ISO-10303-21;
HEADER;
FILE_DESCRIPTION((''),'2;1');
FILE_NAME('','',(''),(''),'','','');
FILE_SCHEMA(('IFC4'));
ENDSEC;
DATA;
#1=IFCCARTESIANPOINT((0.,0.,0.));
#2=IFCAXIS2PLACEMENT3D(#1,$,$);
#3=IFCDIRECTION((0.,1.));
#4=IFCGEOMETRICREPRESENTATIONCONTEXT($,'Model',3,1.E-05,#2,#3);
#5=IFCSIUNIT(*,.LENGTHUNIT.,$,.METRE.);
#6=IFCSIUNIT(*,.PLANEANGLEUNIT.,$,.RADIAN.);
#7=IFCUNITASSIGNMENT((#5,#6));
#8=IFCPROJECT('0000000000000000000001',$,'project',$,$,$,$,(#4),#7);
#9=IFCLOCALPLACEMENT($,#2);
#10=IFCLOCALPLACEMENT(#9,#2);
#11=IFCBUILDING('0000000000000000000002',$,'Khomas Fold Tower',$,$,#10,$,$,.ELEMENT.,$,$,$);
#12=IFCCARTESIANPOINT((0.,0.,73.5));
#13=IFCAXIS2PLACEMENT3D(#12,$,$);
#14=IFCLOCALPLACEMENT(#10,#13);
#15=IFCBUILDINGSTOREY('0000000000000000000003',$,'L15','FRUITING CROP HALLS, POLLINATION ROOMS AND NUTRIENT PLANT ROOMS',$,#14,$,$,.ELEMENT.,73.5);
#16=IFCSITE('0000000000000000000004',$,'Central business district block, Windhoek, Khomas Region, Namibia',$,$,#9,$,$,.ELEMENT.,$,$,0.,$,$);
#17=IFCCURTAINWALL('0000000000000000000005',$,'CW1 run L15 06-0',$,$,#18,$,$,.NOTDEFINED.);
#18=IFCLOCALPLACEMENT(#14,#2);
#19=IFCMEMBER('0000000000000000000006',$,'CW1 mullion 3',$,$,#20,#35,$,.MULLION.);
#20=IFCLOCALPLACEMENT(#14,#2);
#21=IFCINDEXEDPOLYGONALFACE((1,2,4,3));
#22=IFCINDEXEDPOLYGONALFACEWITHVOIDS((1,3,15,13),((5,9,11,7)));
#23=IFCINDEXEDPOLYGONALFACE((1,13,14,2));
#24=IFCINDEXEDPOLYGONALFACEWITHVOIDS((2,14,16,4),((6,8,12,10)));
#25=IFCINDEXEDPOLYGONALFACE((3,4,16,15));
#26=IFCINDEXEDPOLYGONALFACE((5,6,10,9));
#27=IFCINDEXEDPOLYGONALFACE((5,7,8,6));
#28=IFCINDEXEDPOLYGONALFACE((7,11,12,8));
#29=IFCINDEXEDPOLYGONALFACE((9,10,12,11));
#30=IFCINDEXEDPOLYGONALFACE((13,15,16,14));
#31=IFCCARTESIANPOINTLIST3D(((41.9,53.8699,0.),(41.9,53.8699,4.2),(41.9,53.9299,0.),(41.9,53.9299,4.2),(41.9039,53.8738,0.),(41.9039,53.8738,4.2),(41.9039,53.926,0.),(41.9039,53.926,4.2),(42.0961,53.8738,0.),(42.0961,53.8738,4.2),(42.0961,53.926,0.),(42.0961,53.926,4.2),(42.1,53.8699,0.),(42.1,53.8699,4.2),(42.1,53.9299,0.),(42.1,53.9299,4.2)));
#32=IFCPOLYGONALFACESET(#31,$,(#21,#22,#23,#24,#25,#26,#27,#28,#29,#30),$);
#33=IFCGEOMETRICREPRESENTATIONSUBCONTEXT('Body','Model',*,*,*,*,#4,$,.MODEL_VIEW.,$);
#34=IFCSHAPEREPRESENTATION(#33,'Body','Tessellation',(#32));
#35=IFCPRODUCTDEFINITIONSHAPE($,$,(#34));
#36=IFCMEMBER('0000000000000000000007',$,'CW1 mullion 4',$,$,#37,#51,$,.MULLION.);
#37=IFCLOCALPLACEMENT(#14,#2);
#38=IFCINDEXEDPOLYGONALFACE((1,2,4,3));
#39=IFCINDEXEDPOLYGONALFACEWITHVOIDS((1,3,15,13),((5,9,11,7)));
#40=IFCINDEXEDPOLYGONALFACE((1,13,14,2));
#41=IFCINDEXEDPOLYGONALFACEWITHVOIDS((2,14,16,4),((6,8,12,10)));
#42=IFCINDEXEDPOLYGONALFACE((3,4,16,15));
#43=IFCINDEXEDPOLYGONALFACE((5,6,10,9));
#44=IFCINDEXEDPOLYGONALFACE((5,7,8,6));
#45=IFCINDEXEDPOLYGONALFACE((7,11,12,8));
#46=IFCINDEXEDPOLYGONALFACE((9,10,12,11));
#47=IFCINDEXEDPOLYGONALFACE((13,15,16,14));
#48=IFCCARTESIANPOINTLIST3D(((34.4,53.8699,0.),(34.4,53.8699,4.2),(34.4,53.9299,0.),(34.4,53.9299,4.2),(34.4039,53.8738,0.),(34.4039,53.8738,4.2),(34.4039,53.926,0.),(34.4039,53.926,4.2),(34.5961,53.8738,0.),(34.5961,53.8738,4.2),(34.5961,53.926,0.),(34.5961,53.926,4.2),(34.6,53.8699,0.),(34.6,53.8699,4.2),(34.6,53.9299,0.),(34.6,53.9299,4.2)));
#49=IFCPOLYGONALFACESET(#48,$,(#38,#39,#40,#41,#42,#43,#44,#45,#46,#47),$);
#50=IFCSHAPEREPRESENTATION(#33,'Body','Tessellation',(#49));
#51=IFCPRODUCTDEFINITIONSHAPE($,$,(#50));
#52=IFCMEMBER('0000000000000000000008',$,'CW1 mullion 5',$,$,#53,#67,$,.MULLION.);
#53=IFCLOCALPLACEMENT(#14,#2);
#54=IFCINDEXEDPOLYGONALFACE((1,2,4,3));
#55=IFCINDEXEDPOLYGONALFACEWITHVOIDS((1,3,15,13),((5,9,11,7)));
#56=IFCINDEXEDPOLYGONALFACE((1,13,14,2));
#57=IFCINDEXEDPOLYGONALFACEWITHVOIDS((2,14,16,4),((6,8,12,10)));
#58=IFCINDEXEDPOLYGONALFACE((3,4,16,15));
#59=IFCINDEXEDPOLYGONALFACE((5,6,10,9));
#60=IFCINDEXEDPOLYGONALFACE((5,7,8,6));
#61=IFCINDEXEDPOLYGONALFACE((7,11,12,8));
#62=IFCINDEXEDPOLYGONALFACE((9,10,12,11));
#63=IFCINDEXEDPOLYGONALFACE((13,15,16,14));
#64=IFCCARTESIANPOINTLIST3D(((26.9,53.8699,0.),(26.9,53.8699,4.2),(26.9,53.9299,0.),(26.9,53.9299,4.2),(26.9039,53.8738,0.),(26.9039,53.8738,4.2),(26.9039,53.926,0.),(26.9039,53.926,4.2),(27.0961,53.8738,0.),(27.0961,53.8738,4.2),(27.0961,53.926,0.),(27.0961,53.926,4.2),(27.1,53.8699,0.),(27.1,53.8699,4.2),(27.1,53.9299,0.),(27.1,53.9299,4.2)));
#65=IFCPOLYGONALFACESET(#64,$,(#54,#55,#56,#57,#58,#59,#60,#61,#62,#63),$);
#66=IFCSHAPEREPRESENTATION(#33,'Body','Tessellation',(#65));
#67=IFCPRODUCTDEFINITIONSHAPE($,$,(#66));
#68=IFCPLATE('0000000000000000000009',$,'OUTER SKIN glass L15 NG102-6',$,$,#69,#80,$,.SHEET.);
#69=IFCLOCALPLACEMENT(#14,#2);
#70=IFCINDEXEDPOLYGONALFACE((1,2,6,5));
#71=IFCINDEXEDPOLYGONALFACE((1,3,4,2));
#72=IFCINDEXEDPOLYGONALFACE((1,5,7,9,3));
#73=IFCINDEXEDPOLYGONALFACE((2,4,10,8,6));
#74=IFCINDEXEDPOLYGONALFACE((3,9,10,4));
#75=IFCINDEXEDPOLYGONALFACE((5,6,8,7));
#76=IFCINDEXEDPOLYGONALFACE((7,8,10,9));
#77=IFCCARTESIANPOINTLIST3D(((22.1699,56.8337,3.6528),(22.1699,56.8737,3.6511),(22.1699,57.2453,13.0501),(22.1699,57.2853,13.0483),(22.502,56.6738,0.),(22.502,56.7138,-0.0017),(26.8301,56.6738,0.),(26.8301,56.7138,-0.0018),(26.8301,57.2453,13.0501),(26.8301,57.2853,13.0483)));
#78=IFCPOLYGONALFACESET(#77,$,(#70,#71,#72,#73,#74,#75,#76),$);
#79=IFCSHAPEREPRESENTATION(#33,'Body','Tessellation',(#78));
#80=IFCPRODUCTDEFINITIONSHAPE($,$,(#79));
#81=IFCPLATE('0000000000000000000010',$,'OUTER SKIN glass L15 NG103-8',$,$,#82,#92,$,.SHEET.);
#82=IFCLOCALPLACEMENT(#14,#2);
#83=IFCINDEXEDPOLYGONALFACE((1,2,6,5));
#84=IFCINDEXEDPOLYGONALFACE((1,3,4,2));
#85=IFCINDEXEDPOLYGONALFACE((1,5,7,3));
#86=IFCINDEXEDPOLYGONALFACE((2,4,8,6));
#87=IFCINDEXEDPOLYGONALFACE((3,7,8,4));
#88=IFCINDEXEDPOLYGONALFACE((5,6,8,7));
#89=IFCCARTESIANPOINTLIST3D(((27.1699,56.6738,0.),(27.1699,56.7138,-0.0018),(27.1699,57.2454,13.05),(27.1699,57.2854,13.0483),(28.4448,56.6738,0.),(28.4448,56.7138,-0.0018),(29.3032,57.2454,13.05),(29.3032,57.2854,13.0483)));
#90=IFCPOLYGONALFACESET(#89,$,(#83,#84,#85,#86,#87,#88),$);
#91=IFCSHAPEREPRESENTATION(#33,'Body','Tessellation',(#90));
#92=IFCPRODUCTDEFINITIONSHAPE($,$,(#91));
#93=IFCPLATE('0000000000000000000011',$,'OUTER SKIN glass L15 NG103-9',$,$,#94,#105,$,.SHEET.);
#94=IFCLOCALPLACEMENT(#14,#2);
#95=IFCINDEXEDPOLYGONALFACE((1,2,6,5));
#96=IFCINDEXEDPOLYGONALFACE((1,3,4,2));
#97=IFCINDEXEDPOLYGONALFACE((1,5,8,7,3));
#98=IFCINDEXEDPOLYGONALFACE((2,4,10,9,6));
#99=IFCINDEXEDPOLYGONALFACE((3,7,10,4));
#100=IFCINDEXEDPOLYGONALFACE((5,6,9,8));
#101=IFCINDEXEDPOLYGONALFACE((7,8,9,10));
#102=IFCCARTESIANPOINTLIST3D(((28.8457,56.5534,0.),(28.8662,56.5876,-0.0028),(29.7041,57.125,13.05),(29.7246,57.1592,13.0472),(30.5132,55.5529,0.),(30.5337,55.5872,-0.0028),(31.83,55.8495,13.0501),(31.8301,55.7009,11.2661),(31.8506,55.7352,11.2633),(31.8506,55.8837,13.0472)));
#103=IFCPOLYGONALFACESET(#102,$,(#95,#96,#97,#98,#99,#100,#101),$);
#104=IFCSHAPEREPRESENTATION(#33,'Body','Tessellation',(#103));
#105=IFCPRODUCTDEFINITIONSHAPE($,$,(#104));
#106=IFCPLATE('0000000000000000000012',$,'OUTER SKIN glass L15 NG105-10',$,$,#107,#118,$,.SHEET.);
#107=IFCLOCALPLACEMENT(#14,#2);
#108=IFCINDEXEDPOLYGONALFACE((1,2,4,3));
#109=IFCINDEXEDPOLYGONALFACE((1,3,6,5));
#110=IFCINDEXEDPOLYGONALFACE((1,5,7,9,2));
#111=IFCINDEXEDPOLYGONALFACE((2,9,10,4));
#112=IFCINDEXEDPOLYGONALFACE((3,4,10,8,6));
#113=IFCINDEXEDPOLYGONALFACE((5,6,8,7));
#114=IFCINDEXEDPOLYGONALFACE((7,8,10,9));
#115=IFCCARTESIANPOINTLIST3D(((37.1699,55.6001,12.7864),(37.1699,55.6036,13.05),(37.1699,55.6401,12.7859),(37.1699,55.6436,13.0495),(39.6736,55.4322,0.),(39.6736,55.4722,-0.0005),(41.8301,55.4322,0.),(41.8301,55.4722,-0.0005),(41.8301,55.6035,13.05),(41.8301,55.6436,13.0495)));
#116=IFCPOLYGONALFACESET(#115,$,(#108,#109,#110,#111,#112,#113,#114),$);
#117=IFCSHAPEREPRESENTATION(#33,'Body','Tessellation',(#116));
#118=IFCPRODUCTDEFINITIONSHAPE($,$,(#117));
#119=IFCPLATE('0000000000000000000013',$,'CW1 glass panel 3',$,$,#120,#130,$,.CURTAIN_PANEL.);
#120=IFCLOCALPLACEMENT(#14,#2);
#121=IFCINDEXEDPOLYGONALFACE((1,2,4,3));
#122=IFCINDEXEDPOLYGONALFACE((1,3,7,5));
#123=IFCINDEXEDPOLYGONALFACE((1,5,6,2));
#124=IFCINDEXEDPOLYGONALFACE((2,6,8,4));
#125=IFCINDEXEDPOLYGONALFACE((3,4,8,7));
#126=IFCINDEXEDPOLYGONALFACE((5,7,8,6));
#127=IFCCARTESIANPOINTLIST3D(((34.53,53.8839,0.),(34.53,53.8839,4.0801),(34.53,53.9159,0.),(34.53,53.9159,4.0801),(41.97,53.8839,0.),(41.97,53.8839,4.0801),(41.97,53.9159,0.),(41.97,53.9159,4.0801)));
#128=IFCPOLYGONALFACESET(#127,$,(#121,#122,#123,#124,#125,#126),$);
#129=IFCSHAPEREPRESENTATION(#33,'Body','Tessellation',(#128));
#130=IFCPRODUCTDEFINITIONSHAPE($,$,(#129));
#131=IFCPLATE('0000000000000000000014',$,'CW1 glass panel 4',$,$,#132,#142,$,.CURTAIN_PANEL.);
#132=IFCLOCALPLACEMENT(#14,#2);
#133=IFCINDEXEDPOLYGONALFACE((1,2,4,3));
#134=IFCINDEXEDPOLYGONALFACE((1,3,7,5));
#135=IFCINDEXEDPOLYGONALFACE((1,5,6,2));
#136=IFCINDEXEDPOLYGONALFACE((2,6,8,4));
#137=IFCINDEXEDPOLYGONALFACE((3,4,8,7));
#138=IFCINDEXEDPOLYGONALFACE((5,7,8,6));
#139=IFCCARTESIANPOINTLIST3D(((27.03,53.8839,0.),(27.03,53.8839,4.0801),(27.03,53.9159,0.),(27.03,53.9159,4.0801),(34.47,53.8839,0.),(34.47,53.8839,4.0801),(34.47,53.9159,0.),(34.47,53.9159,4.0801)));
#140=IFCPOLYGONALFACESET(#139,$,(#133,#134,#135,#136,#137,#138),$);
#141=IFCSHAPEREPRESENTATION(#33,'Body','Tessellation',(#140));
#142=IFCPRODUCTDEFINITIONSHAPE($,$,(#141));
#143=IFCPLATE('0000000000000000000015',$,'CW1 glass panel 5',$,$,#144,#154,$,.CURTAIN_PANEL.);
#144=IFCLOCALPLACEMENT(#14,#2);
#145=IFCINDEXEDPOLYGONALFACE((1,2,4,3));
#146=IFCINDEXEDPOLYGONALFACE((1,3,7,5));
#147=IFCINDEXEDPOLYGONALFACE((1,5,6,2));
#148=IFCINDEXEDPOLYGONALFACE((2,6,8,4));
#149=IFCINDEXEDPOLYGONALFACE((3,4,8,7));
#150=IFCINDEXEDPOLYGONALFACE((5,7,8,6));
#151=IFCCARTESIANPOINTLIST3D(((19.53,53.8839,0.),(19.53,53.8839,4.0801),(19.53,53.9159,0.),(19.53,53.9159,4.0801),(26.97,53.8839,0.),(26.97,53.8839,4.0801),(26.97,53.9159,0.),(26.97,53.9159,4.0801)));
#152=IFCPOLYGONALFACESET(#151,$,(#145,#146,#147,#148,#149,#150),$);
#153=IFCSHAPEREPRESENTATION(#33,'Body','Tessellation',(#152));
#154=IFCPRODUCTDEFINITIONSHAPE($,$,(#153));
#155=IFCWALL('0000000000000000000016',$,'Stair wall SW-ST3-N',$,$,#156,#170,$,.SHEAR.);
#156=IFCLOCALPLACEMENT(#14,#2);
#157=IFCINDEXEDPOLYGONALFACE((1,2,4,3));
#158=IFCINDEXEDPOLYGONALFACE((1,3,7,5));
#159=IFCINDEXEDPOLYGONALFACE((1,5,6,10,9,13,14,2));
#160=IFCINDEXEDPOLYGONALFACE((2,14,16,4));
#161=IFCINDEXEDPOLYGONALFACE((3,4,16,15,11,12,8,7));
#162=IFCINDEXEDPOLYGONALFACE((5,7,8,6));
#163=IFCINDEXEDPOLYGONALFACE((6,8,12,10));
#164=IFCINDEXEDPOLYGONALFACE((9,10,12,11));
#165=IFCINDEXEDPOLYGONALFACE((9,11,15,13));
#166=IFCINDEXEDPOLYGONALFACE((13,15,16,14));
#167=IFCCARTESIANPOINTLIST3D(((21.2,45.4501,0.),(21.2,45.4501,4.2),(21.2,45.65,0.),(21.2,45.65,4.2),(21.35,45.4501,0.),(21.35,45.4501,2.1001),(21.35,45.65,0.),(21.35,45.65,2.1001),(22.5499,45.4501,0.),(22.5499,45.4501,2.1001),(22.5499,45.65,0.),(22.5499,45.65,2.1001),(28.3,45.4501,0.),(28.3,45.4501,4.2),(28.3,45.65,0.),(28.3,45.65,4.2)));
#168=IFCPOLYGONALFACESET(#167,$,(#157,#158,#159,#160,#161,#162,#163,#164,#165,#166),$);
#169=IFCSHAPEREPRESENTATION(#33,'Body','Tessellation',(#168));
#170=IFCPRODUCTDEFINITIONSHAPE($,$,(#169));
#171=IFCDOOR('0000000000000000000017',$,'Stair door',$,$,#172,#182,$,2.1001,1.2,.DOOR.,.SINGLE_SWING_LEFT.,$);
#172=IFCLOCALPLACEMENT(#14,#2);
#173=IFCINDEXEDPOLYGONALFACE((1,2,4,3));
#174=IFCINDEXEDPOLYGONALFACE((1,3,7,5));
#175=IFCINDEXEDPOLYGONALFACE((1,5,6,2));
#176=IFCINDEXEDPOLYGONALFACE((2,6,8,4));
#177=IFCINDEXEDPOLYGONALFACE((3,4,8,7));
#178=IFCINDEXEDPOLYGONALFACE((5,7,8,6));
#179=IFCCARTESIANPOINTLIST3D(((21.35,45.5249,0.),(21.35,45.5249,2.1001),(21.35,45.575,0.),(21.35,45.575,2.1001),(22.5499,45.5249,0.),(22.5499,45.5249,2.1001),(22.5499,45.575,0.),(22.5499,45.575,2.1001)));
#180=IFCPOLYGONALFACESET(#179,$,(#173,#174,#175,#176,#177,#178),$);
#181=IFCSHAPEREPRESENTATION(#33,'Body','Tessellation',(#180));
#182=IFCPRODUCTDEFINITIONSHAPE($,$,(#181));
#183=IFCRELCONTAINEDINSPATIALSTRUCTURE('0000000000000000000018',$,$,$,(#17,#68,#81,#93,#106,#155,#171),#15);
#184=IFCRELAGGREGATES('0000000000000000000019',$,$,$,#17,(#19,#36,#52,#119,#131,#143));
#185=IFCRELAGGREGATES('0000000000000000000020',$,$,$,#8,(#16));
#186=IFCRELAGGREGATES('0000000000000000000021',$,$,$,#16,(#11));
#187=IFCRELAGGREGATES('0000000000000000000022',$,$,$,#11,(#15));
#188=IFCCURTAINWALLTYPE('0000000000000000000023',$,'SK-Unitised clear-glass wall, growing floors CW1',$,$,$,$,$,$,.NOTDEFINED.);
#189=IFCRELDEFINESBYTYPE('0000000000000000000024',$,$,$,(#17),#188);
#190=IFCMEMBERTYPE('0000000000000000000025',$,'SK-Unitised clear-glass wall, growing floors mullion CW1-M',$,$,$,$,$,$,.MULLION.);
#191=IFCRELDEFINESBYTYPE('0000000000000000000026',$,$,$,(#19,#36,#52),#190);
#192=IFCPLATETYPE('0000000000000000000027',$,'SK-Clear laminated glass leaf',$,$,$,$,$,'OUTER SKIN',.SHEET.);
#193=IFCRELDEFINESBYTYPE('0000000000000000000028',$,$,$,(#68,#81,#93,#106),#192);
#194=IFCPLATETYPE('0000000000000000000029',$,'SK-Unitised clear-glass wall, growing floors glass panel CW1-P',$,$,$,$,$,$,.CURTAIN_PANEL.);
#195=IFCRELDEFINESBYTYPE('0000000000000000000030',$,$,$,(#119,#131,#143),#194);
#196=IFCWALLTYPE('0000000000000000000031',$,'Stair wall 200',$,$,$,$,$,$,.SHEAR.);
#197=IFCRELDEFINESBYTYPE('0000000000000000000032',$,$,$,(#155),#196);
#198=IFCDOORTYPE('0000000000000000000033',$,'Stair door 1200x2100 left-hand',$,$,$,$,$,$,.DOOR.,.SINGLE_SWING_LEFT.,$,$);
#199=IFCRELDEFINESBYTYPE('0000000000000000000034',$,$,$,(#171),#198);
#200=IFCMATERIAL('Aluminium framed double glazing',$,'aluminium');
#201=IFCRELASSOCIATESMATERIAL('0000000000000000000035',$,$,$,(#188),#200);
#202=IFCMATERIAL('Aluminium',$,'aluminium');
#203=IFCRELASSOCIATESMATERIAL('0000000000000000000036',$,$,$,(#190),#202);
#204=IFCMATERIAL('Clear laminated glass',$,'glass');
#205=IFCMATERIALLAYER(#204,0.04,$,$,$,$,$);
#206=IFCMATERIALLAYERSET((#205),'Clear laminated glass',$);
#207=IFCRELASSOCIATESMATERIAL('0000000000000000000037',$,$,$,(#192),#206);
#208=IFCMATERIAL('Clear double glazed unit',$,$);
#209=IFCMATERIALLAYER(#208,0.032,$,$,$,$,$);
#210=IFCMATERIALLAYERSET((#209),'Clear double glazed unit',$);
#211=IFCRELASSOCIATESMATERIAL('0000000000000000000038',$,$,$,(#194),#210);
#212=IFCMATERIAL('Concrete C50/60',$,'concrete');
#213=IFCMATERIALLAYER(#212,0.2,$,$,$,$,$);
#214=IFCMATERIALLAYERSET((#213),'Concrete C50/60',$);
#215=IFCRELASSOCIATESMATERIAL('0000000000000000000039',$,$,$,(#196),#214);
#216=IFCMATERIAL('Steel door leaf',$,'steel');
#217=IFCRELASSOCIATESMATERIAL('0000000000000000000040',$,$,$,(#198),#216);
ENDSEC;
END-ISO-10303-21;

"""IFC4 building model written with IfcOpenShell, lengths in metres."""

from ifc_helpers import new_model, si_unit, direction, frame, frame_2d, origin, origin_2d, place, context, subcontext, project, spatial, polyline, rectangle, hollow_rectangle, outline, extrude, source, transform, mapped, material, layer, layer_set, material_profile, profile_set, type_object, element, fill, aggregate, save


model = new_model("IFC4")

# Units and contexts
model_context = context("Model", 3, precision=1e-05, world=origin(), true_north=direction((0.0, 1.0)))
body_context = subcontext(model_context, "Body", "Model", "MODEL_VIEW")
ifc_project = project(units=[si_unit("LENGTHUNIT", "METRE"), si_unit("PLANEANGLEUNIT", "RADIAN")], contexts=[model_context])

# Site, building, storey
site_placement = place(None, origin())
site = spatial("IfcSite", under=ifc_project, at=site_placement, Name="Central business district block, Windhoek, Khomas Region, Namibia", CompositionType="ELEMENT", RefElevation=0.0)
building_placement = place(site_placement, origin())
building = spatial("IfcBuilding", under=site, at=building_placement, Name="Khomas Fold Tower", CompositionType="ELEMENT")
storey_placement = place(building_placement, frame((0.0, 0.0, 73.5)))
storey = spatial("IfcBuildingStorey", under=building, at=storey_placement, Name="L15", Description="FRUITING CROP HALLS, POLLINATION ROOMS AND NUTRIENT PLANT ROOMS", CompositionType="ELEMENT", Elevation=73.5)

# Curtain wall, members
ifc_material_1 = material(Name="Aluminium framed double glazing", Category="aluminium")
curtain_wall_type = type_object("IfcCurtainWallType", Name="SK-Unitised clear-glass wall, growing floors CW1", PredefinedType="NOTDEFINED", material=ifc_material_1)
curtain_wall_placement = place(storey_placement, origin())
curtain_wall = element("IfcCurtainWall", 1, at=curtain_wall_placement, inside=storey, type_object=curtain_wall_type, Name="CW1 run L15 06-0", PredefinedType="NOTDEFINED")
ifc_material_2 = material(Name="Aluminium", Category="aluminium")
ifc_material_profile_1 = material_profile(ifc_material_2, hollow_rectangle(XDim=0.0601, YDim=0.2, WallThickness=0.0039, at=origin_2d()), Name="SK-Unitised clear-glass wall, growing floors mullion CW1-M")
ifc_profile_set_1 = profile_set([ifc_material_profile_1], Name="Aluminium")
member_type_1 = type_object("IfcMemberType", Name="SK-Unitised clear-glass wall, growing floors mullion CW1-M", PredefinedType="MULLION", material=ifc_profile_set_1)
shared_shape_1 = source(origin(), body_context, "Body", "SweptSolid", [
    extrude(hollow_rectangle(XDim=0.0601, YDim=0.2, WallThickness=0.0039, at=origin_2d()), origin(), (0.0, 0.0, 1.0), 4.2),
])
member_1_placement = place(storey_placement, frame((42.0, 53.8999, 0.0), z_axis=(0.0, 0.0, 1.0), x_axis=(0.0, -1.0, 0.0)))
member_1 = element("IfcMember", 2, at=member_1_placement, type_object=member_type_1, Name="CW1 mullion 3", PredefinedType="MULLION", context=body_context, shape_type="MappedRepresentation", body=[
    mapped(shared_shape_1, transform((0.0, 0.0, 0.0))),
])
member_2_placement = place(storey_placement, frame((34.5, 53.8999, 0.0), z_axis=(0.0, 0.0, 1.0), x_axis=(0.0, -1.0, 0.0)))
member_2 = element("IfcMember", 3, at=member_2_placement, type_object=member_type_1, Name="CW1 mullion 4", PredefinedType="MULLION", context=body_context, shape_type="MappedRepresentation", body=[
    mapped(shared_shape_1, transform((0.0, 0.0, 0.0))),
])
member_3_placement = place(storey_placement, frame((27.0, 53.8999, 0.0), z_axis=(0.0, 0.0, 1.0), x_axis=(0.0, -1.0, 0.0)))
member_3 = element("IfcMember", 4, at=member_3_placement, type_object=member_type_1, Name="CW1 mullion 5", PredefinedType="MULLION", context=body_context, shape_type="MappedRepresentation", body=[
    mapped(shared_shape_1, transform((0.0, 0.0, 0.0))),
])

# Plates
ifc_material_3 = material(Name="Clear laminated glass", Category="glass")
ifc_layer_1 = layer(ifc_material_3, 0.04)
ifc_layer_set_1 = layer_set([ifc_layer_1], Name="Clear laminated glass")
plate_type_1 = type_object("IfcPlateType", Name="SK-Clear laminated glass leaf", ElementType="OUTER SKIN", PredefinedType="SHEET", material=ifc_layer_set_1)
plate_1_placement = place(storey_placement, frame((22.1699, 56.8337, 3.6528), z_axis=(0.000007, -0.999042, 0.043754), x_axis=(0.0, 0.043754, 0.999042)))
element("IfcPlate", 5, at=plate_1_placement, inside=storey, type_object=plate_type_1, Name="OUTER SKIN glass L15 NG102-6", PredefinedType="SHEET", context=body_context, shape_type="SweptSolid", body=[
    extrude(outline(polyline([(0.0, 0.0), (9.4062, 0.0), (9.4062, -4.6602), (-3.6563, -4.6602), (-3.6563, -0.332), (0.0, 0.0)])), origin(), (0.0, 0.0, -1.0), 0.04),
])
plate_2_placement = place(storey_placement, frame((29.3032, 57.2454, 13.05), z_axis=(0.0, -0.999042, 0.043754), x_axis=(-0.065573, -0.043659, -0.996892)))
element("IfcPlate", 6, at=plate_2_placement, inside=storey, type_object=plate_type_1, Name="OUTER SKIN glass L15 NG103-8", PredefinedType="SHEET", context=body_context, shape_type="SweptSolid", body=[
    extrude(outline(polyline([(0.0, 0.0), (13.0907, 0.0), (13.1743, -1.2722), (0.1399, -2.1287), (0.0, 0.0)])), origin(), (0.0, 0.0, -1.0), 0.04),
])
plate_3_placement = place(storey_placement, frame((29.7041, 57.125, 13.05), z_axis=(-0.513177, -0.855322, 0.071222), x_axis=(0.8575, -0.514484, 0.000004)))
element("IfcPlate", 7, at=plate_3_placement, inside=storey, type_object=plate_type_1, Name="OUTER SKIN glass L15 NG103-9", PredefinedType="SHEET", context=body_context, shape_type="SweptSolid", body=[
    extrude(outline(polyline([(0.0, 0.0), (2.4792, 0.0), (2.5557, -1.7885), (1.5025, -13.0833), (-0.4421, -13.0833), (0.0, 0.0)])), origin(), (0.0, 0.0, -1.0), 0.04),
])
plate_4_placement = place(storey_placement, frame((37.1699, 55.6001, 12.7864), z_axis=(-0.000007, -0.999914, 0.013131), x_axis=(0.0, 0.013131, 0.999914)))
element("IfcPlate", 8, at=plate_4_placement, inside=storey, type_object=plate_type_1, Name="OUTER SKIN glass L15 NG105-10", PredefinedType="SHEET", context=body_context, shape_type="SweptSolid", body=[
    extrude(outline(polyline([(0.0, 0.0), (0.2637, 0.0), (0.2637, -4.6602), (-12.7875, -4.6602), (-12.7875, -2.5037), (0.0, 0.0)])), origin(), (0.0, 0.0, -1.0), 0.04),
])

# Plates
ifc_material_4 = material(Name="Clear double glazed unit")
ifc_layer_2 = layer(ifc_material_4, 0.032)
ifc_layer_set_2 = layer_set([ifc_layer_2], Name="Clear double glazed unit")
plate_type_2 = type_object("IfcPlateType", Name="SK-Unitised clear-glass wall, growing floors glass panel CW1-P", PredefinedType="CURTAIN_PANEL", material=ifc_layer_set_2)
shared_shape_2 = source(origin(), body_context, "Body", "SweptSolid", [
    extrude(rectangle(XDim=7.4399, YDim=0.032, at=origin_2d()), origin(), (0.0, 0.0, 1.0), 4.0801),
])
plate_5_placement = place(storey_placement, frame((38.25, 53.8999, 0.0), z_axis=(0.0, 0.0, 1.0), x_axis=(-1.0, 0.0, 0.0)))
plate_5 = element("IfcPlate", 9, at=plate_5_placement, type_object=plate_type_2, Name="CW1 glass panel 3", PredefinedType="CURTAIN_PANEL", context=body_context, shape_type="MappedRepresentation", body=[
    mapped(shared_shape_2, transform((0.0, 0.0, 0.0))),
])
plate_6_placement = place(storey_placement, frame((30.75, 53.8999, 0.0), z_axis=(0.0, 0.0, 1.0), x_axis=(-1.0, 0.0, 0.0)))
plate_6 = element("IfcPlate", 10, at=plate_6_placement, type_object=plate_type_2, Name="CW1 glass panel 4", PredefinedType="CURTAIN_PANEL", context=body_context, shape_type="MappedRepresentation", body=[
    mapped(shared_shape_2, transform((0.0, 0.0, 0.0))),
])
plate_7_placement = place(storey_placement, frame((23.25, 53.8999, 0.0), z_axis=(0.0, 0.0, 1.0), x_axis=(-1.0, 0.0, 0.0)))
plate_7 = element("IfcPlate", 11, at=plate_7_placement, type_object=plate_type_2, Name="CW1 glass panel 5", PredefinedType="CURTAIN_PANEL", context=body_context, shape_type="MappedRepresentation", body=[
    mapped(shared_shape_2, transform((0.0, 0.0, 0.0))),
])
aggregate(curtain_wall, [member_1, member_2, member_3, plate_5, plate_6, plate_7])

# Wall, opening, door
ifc_material_5 = material(Name="Concrete C50/60", Category="concrete")
ifc_layer_3 = layer(ifc_material_5, 0.2)
ifc_layer_set_3 = layer_set([ifc_layer_3], Name="Concrete C50/60")
wall_type_1 = type_object("IfcWallType", Name="Stair wall 200", PredefinedType="SHEAR", material=ifc_layer_set_3)
shared_shape_3 = source(origin(), body_context, "Body", "SweptSolid", [
    extrude(rectangle(XDim=7.1001, YDim=0.2, at=frame_2d((3.55, 0.0))), origin(), (0.0, 0.0, 1.0), 4.2),
])
wall_1_placement = place(storey_placement, frame((21.2, 45.55, 0.0), z_axis=(0.0, 0.0, 1.0), x_axis=(1.0, 0.0, 0.0)))
wall_1 = element("IfcWall", 12, at=wall_1_placement, inside=storey, type_object=wall_type_1, Name="Stair wall SW-ST3-N", PredefinedType="SHEAR", context=body_context, shape_type="MappedRepresentation", body=[
    mapped(shared_shape_3, transform((0.0, 0.0, 0.0))),
])
shared_shape_4 = source(origin(), body_context, "Body", "SweptSolid", [
    extrude(rectangle(XDim=1.2, YDim=2.1001, at=frame_2d((0.6001, 1.05))), frame((0.0, 0.1099, 0.0), z_axis=(0.0, -1.0, 0.0), x_axis=(1.0, 0.0, 0.0)), (0.0, 0.0, 1.0), 0.22),
])
opening_placement = place(wall_1_placement, frame((0.1499, 0.0, 0.0)))
opening = element("IfcOpeningElement", 13, at=opening_placement, cuts=wall_1, PredefinedType="OPENING", context=body_context, shape_type="MappedRepresentation", body=[
    mapped(shared_shape_4, transform((0.0, 0.0, 0.0))),
])
ifc_material_6 = material(Name="Steel door leaf", Category="steel")
door_type = type_object("IfcDoorType", Name="Stair door 1200x2100 left-hand", OperationType="SINGLE_SWING_LEFT", PredefinedType="DOOR", material=ifc_material_6)
shared_shape_5 = source(origin(), body_context, "Body", "SweptSolid", [
    extrude(rectangle(XDim=1.2, YDim=2.1001, at=frame_2d((0.6001, 1.05))), frame((0.0, 0.0249, 0.0), z_axis=(0.0, -1.0, 0.0), x_axis=(1.0, 0.0, 0.0)), (0.0, 0.0, 1.0), 0.05),
])
door_placement = place(opening_placement, origin())
door = element("IfcDoor", 14, at=door_placement, inside=storey, type_object=door_type, Name="Stair door", OperationType="SINGLE_SWING_LEFT", OverallHeight=2.1001, OverallWidth=1.2, PredefinedType="DOOR", context=body_context, shape_type="MappedRepresentation", body=[
    mapped(shared_shape_5, transform((0.0, 0.0, 0.0))),
])
fill(opening, door)

save(model, "model.ifc")
